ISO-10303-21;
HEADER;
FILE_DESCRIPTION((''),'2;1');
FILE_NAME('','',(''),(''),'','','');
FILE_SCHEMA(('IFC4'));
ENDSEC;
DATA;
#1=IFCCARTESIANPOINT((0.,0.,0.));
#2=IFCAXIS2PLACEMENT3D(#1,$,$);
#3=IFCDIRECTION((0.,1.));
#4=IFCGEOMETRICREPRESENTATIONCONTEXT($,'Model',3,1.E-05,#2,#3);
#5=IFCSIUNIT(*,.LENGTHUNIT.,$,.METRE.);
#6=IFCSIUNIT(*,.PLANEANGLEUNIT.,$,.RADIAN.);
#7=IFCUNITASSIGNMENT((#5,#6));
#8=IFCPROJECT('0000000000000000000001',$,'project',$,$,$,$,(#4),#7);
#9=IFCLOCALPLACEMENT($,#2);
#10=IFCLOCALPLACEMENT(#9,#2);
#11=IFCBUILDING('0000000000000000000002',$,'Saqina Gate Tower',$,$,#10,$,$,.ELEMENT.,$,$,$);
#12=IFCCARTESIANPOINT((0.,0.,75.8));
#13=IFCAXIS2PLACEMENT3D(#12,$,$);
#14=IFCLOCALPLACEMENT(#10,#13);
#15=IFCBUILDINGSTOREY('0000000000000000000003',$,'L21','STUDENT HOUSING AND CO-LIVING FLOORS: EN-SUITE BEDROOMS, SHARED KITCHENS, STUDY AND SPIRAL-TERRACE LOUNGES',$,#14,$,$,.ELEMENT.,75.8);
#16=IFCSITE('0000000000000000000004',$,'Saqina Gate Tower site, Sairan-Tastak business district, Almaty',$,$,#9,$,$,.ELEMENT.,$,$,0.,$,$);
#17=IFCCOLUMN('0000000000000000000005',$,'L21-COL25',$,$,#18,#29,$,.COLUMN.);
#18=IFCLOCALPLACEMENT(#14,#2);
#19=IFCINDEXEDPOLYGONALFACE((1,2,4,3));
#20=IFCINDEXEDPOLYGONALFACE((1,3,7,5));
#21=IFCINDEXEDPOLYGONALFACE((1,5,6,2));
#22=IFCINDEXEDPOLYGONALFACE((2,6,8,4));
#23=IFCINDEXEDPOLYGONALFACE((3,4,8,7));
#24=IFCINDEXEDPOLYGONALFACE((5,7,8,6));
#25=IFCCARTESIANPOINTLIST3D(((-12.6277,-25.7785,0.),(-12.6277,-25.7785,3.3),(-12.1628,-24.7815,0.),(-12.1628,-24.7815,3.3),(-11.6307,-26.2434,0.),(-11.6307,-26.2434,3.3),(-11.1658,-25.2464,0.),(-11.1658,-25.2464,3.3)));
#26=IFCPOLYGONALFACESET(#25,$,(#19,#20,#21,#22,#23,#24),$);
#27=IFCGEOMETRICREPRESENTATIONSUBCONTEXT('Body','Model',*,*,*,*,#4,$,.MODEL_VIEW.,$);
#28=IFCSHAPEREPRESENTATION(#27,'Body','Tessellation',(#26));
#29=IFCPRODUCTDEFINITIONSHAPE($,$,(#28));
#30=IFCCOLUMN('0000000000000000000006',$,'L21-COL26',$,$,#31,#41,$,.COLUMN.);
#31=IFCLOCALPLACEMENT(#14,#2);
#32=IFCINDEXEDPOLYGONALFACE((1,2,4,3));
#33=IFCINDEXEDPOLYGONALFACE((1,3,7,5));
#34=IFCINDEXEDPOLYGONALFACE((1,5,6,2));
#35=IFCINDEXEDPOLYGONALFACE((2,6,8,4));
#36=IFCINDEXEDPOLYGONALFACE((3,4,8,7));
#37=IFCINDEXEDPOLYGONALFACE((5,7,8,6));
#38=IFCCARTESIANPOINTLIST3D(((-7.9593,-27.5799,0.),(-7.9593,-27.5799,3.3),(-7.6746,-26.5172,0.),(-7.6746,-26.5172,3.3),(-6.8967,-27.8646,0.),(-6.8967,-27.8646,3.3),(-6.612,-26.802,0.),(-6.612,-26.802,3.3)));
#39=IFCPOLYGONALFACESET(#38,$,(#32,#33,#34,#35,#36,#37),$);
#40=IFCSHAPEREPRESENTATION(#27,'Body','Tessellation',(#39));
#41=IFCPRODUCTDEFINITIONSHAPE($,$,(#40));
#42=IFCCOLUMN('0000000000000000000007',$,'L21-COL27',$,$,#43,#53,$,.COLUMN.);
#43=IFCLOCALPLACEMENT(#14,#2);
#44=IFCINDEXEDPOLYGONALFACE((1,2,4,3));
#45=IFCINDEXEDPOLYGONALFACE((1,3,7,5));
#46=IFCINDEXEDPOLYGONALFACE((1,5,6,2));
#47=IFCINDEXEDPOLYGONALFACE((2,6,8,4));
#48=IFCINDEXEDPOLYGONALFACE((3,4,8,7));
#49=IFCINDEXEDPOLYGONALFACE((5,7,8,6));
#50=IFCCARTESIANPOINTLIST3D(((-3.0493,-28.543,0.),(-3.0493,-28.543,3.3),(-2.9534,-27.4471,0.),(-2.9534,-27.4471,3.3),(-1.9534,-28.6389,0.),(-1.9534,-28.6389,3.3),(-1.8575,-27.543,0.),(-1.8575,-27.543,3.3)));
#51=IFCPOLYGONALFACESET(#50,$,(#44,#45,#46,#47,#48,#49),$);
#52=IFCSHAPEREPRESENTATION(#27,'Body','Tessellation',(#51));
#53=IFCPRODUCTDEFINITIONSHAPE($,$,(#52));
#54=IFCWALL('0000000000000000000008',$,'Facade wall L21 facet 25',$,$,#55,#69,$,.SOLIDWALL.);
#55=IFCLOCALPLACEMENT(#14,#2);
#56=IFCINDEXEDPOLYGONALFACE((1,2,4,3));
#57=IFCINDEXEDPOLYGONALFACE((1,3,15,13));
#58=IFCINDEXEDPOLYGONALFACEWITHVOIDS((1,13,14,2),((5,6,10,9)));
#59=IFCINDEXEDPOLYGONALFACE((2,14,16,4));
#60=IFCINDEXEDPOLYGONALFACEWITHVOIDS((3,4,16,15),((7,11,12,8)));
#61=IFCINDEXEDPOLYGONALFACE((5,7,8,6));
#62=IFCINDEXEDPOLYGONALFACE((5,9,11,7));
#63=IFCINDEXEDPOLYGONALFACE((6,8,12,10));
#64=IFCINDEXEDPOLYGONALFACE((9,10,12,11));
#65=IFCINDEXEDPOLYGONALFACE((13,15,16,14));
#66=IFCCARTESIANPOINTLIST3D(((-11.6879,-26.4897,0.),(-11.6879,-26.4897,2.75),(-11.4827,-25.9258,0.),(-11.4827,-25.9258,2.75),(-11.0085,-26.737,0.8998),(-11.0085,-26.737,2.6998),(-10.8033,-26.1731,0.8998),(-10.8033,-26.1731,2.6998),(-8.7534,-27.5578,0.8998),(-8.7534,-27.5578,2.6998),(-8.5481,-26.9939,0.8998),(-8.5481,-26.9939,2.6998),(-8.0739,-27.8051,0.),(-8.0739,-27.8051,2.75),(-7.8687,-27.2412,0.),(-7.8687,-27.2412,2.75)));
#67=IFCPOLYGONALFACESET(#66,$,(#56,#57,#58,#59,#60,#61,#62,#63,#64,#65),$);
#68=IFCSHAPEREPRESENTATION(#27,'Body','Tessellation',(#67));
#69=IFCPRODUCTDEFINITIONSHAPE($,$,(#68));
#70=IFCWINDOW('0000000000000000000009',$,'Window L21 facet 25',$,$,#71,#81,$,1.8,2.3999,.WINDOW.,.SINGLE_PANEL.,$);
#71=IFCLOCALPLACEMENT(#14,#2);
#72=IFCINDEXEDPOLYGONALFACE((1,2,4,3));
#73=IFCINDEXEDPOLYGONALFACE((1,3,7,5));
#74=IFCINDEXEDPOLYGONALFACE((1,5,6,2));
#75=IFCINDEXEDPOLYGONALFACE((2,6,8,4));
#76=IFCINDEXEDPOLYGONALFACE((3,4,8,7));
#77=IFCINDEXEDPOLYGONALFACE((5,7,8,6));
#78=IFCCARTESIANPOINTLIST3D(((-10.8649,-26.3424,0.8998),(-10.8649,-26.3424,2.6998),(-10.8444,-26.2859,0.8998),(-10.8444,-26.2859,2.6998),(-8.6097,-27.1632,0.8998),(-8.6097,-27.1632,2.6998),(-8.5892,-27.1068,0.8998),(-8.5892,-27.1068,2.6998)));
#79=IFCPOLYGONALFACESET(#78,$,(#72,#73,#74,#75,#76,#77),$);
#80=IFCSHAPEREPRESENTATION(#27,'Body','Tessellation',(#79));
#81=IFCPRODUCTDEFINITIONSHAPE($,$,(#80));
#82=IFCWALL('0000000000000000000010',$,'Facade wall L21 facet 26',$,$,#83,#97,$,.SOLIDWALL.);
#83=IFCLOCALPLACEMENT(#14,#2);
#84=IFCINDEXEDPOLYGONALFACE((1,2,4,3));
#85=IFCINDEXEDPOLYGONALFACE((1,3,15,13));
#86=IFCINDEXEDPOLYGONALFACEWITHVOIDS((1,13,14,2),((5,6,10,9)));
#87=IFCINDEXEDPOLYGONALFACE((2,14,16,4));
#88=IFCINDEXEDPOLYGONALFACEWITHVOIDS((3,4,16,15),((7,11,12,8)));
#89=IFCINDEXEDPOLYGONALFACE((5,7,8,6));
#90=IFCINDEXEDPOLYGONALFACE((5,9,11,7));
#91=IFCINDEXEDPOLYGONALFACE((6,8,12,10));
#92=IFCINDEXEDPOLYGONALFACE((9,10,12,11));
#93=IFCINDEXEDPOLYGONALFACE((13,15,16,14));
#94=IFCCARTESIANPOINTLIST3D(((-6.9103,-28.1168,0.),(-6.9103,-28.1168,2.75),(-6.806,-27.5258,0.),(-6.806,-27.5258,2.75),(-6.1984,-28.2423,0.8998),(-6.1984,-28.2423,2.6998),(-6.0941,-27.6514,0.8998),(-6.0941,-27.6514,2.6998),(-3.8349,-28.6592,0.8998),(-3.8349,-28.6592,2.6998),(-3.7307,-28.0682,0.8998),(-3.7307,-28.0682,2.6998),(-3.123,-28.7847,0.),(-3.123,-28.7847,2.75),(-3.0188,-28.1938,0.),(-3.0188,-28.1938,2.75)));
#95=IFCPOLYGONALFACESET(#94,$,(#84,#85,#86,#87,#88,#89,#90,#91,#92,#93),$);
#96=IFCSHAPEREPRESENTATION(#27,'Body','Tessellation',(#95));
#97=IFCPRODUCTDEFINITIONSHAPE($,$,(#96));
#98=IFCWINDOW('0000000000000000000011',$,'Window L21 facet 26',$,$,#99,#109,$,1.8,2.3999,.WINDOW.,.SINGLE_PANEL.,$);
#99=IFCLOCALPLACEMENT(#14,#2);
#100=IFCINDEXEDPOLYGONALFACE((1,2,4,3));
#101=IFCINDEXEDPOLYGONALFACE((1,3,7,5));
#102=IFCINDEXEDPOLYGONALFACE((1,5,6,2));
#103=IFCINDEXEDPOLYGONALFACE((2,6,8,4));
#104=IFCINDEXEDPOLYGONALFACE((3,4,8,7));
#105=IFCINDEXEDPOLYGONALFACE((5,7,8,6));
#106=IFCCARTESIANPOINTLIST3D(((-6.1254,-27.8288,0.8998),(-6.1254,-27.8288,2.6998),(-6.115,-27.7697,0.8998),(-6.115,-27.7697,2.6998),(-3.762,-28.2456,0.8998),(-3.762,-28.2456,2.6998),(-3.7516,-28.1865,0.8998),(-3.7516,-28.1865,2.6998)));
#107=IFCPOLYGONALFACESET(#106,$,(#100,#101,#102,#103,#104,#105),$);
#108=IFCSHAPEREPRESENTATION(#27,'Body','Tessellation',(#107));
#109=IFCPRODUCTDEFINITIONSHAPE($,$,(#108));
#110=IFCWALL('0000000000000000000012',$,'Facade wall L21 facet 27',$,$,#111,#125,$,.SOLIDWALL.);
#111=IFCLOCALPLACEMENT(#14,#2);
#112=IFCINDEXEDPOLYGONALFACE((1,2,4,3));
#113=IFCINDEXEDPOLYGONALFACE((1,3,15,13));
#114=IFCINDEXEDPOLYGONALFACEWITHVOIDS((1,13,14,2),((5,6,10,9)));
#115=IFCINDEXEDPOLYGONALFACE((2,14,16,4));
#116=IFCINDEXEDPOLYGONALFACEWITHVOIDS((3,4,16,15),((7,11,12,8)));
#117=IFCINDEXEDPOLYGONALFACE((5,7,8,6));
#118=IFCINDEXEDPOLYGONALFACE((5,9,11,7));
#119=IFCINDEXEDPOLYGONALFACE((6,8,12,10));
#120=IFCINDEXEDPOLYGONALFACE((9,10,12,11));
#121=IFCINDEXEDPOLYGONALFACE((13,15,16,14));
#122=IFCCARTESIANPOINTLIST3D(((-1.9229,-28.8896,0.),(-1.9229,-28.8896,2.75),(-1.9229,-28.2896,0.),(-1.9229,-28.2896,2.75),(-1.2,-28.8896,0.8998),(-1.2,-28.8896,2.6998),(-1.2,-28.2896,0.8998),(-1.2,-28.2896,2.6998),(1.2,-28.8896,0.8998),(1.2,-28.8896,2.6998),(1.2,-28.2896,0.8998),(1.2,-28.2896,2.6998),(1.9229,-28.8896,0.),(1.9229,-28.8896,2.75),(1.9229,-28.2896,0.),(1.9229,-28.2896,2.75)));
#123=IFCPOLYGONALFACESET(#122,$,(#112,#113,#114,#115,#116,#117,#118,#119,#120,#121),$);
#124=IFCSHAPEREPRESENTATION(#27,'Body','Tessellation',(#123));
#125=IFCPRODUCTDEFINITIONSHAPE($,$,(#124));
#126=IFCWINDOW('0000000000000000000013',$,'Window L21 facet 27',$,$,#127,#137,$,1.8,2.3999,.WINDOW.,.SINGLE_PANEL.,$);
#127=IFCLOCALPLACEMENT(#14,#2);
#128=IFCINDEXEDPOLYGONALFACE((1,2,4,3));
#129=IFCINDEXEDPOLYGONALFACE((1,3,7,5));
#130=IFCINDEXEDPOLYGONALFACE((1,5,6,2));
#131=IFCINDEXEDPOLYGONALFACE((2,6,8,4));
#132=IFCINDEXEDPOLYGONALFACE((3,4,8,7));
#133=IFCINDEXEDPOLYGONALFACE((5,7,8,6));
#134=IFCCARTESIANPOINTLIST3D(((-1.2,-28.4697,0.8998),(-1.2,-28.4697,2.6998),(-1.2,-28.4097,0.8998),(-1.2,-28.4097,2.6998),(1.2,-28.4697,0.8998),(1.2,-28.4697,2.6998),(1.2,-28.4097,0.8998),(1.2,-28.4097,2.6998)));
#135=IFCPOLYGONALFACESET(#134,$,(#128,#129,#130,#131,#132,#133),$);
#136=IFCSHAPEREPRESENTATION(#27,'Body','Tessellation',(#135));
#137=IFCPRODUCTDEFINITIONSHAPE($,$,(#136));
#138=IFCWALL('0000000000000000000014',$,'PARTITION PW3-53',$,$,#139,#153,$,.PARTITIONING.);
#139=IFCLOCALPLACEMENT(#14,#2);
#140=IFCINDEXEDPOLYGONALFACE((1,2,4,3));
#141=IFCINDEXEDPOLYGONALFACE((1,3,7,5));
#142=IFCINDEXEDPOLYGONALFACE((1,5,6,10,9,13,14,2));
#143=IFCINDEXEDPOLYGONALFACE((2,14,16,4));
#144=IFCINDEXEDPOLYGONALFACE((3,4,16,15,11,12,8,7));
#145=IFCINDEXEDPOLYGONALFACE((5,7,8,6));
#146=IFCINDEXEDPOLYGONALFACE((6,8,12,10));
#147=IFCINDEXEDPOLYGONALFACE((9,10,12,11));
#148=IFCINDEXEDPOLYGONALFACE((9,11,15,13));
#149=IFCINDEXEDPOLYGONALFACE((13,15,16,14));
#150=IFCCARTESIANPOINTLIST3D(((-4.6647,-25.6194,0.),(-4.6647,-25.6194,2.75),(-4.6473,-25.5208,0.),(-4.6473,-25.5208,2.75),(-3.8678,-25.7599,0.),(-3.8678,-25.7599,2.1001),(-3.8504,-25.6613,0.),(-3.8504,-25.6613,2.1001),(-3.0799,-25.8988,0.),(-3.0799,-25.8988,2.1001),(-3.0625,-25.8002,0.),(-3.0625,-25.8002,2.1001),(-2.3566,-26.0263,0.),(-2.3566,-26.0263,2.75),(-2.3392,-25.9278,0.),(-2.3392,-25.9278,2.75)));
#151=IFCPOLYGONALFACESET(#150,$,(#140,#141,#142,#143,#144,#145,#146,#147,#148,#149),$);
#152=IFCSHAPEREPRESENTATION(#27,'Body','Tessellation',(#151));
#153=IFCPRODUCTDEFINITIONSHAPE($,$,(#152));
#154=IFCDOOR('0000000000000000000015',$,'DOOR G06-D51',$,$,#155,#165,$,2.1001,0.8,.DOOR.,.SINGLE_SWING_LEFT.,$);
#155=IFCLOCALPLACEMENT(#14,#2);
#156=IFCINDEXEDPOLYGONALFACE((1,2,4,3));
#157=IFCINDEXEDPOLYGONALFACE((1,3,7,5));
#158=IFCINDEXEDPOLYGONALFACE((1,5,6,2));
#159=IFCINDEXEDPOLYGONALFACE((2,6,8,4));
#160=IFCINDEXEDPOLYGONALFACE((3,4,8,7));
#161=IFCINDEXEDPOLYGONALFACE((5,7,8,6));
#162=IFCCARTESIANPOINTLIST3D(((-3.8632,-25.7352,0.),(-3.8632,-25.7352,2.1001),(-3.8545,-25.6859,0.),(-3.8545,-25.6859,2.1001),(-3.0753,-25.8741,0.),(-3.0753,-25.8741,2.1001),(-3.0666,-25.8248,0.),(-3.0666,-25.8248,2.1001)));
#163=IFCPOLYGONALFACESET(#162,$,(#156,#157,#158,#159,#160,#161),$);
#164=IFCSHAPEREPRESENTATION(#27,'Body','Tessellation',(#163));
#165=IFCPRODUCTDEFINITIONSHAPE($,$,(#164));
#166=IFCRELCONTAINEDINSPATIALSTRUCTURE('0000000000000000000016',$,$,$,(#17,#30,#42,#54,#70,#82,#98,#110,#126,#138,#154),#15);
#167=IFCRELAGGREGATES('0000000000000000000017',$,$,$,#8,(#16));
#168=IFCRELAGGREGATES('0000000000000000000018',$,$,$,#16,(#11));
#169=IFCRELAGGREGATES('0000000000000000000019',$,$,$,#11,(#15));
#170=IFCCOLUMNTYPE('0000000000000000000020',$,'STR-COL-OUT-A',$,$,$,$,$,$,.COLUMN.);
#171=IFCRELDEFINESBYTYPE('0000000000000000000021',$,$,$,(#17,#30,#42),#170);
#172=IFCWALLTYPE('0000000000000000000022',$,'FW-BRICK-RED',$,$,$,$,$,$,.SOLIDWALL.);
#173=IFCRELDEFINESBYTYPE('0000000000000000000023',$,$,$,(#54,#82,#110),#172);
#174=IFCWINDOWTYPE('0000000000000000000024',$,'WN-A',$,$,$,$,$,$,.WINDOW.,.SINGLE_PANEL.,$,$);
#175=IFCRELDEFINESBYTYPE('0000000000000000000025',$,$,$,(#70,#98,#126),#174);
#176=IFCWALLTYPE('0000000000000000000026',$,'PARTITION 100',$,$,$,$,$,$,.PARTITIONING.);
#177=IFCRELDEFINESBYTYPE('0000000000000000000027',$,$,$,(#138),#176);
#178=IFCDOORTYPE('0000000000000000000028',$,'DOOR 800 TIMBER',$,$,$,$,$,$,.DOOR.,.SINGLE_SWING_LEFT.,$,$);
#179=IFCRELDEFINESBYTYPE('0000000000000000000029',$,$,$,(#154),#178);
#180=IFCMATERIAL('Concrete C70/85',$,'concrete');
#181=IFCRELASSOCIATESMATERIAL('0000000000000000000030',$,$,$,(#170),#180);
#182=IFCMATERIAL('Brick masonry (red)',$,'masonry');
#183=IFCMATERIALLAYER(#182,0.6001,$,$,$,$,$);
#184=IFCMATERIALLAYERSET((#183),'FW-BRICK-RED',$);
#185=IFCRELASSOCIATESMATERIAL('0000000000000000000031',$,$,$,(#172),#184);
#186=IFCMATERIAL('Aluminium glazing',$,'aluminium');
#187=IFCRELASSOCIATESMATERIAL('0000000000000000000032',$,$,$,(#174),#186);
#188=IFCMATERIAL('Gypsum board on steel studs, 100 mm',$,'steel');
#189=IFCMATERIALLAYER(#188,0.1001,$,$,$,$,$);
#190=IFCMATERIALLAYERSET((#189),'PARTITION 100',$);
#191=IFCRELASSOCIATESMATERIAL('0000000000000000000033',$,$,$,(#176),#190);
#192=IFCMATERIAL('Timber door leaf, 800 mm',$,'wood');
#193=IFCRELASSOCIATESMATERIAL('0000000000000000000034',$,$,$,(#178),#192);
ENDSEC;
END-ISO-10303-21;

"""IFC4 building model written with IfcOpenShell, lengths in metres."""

from ifc_helpers import new_model, si_unit, direction, frame, frame_2d, origin, origin_2d, place, context, subcontext, project, spatial, rectangle, extrude, material, layer, layer_set, material_profile, profile_set, type_object, element, fill, save


model = new_model("IFC4")

# Units and contexts
model_context = context("Model", 3, precision=1e-05, world=origin(), true_north=direction((0.0, 1.0)))
body_context = subcontext(model_context, "Body", "Model", "MODEL_VIEW")
ifc_project = project(units=[si_unit("LENGTHUNIT", "METRE"), si_unit("PLANEANGLEUNIT", "RADIAN")], contexts=[model_context])

# Site, building, storey
site_placement = place(None, origin())
site = spatial("IfcSite", under=ifc_project, at=site_placement, Name="Saqina Gate Tower site, Sairan-Tastak business district, Almaty", CompositionType="ELEMENT", RefElevation=0.0)
building_placement = place(site_placement, origin())
building = spatial("IfcBuilding", under=site, at=building_placement, Name="Saqina Gate Tower", CompositionType="ELEMENT")
storey_placement = place(building_placement, frame((0.0, 0.0, 75.8)))
storey = spatial("IfcBuildingStorey", under=building, at=storey_placement, Name="L21", Description="STUDENT HOUSING AND CO-LIVING FLOORS: EN-SUITE BEDROOMS, SHARED KITCHENS, STUDY AND SPIRAL-TERRACE LOUNGES", CompositionType="ELEMENT", Elevation=75.8)

# Columns
ifc_material_1 = material(Name="Concrete C70/85", Category="concrete")
ifc_material_profile = material_profile(ifc_material_1, rectangle(XDim=1.1001, YDim=1.1001, at=origin_2d()), Name="RC 1100x1100")
ifc_profile_set = profile_set([ifc_material_profile], Name="Concrete C70/85")
column_type = type_object("IfcColumnType", Name="STR-COL-OUT-A", PredefinedType="COLUMN", material=ifc_profile_set)
for number, where, z_axis, x_axis, name in (
    (1, (-11.8967, -25.5125, 0.0), (0.0, 0.0, 1.0), (-0.422618, -0.906308, 0.0), "L21-COL25"),
    (2, (-7.2856, -27.1909, 0.0), (0.0, 0.0, 1.0), (-0.258819, -0.965926, 0.0), "L21-COL26"),
    (3, (-2.4534, -28.043, 0.0), (0.0, 0.0, 1.0), (-0.087156, -0.996195, 0.0), "L21-COL27"),
):
    element("IfcColumn", number, at=place(storey_placement, frame(where, z_axis=z_axis, x_axis=x_axis)), inside=storey, type_object=column_type, Name=name, PredefinedType="COLUMN", context=body_context, shape_type="SweptSolid", body=[
        extrude(rectangle(XDim=1.1001, YDim=1.1001, at=origin_2d()), origin(), (0.0, 0.0, 1.0), 3.3),
    ])

# Walls, openings, windows
ifc_material_2 = material(Name="Brick masonry (red)", Category="masonry")
ifc_layer_1 = layer(ifc_material_2, 0.6001)
ifc_layer_set_1 = layer_set([ifc_layer_1], Name="FW-BRICK-RED")
wall_type_1 = type_object("IfcWallType", Name="FW-BRICK-RED", PredefinedType="SOLIDWALL", material=ifc_layer_set_1)
wall_1_placement = place(storey_placement, frame((-11.5852, -26.2078, 0.0), z_axis=(0.0, 0.0, 1.0), x_axis=(0.93969, -0.342028, 0.0)))
wall_1 = element("IfcWall", 4, at=wall_1_placement, inside=storey, type_object=wall_type_1, Name="Facade wall L21 facet 25", PredefinedType="SOLIDWALL", context=body_context, shape_type="SweptSolid", body=[
    extrude(rectangle(XDim=3.8459, YDim=0.6001, at=frame_2d((1.9229, 0.0))), origin(), (0.0, 0.0, 1.0), 2.75),
])
opening_1_placement = place(wall_1_placement, frame((0.7229, 0.0, 0.8999)))
opening_1 = element("IfcOpeningElement", 5, at=opening_1_placement, cuts=wall_1, PredefinedType="OPENING", context=body_context, shape_type="SweptSolid", body=[
    extrude(rectangle(XDim=2.3999, YDim=1.8, at=frame_2d((1.2, 0.8999))), frame((0.0, 0.312, 0.0), z_axis=(0.0, -1.0, 0.0), x_axis=(1.0, 0.0, 0.0)), (0.0, 0.0, 1.0), 0.624),
])
ifc_material_3 = material(Name="Aluminium glazing", Category="aluminium")
window_type = type_object("IfcWindowType", Name="WN-A", PartitioningType="SINGLE_PANEL", PredefinedType="WINDOW", material=ifc_material_3)
window_1_placement = place(opening_1_placement, origin())
window_1 = element("IfcWindow", 6, at=window_1_placement, inside=storey, type_object=window_type, Name="Window L21 facet 25", OverallHeight=1.8, OverallWidth=2.3999, PartitioningType="SINGLE_PANEL", PredefinedType="WINDOW", context=body_context, shape_type="SweptSolid", body=[
    extrude(rectangle(XDim=2.3999, YDim=1.8, at=frame_2d((1.2, 0.8999))), frame((0.0, 0.1799, 0.0), z_axis=(0.0, -1.0, 0.0), x_axis=(1.0, 0.0, 0.0)), (0.0, 0.0, 1.0), 0.0601),
])
fill(opening_1, window_1)
wall_2_placement = place(storey_placement, frame((-6.8582, -27.8213, 0.0), z_axis=(0.0, 0.0, 1.0), x_axis=(0.984801, -0.173688, 0.0)))
wall_2 = element("IfcWall", 7, at=wall_2_placement, inside=storey, type_object=wall_type_1, Name="Facade wall L21 facet 26", PredefinedType="SOLIDWALL", context=body_context, shape_type="SweptSolid", body=[
    extrude(rectangle(XDim=3.8457, YDim=0.6001, at=frame_2d((1.9229, 0.0))), origin(), (0.0, 0.0, 1.0), 2.75),
])
opening_2_placement = place(wall_2_placement, frame((0.7229, 0.0, 0.8999)))
opening_2 = element("IfcOpeningElement", 8, at=opening_2_placement, cuts=wall_2, PredefinedType="OPENING", context=body_context, shape_type="SweptSolid", body=[
    extrude(rectangle(XDim=2.3999, YDim=1.8, at=frame_2d((1.2, 0.8999))), frame((0.0, 0.312, 0.0), z_axis=(0.0, -1.0, 0.0), x_axis=(1.0, 0.0, 0.0)), (0.0, 0.0, 1.0), 0.624),
])
window_2_placement = place(opening_2_placement, origin())
window_2 = element("IfcWindow", 9, at=window_2_placement, inside=storey, type_object=window_type, Name="Window L21 facet 26", OverallHeight=1.8, OverallWidth=2.3999, PartitioningType="SINGLE_PANEL", PredefinedType="WINDOW", context=body_context, shape_type="SweptSolid", body=[
    extrude(rectangle(XDim=2.3999, YDim=1.8, at=frame_2d((1.2, 0.8999))), frame((0.0, 0.1799, 0.0), z_axis=(0.0, -1.0, 0.0), x_axis=(1.0, 0.0, 0.0)), (0.0, 0.0, 1.0), 0.0601),
])
fill(opening_2, window_2)
wall_3_placement = place(storey_placement, frame((-1.9229, -28.5896, 0.0), z_axis=(0.0, 0.0, 1.0), x_axis=(1.0, 0.0, 0.0)))
wall_3 = element("IfcWall", 10, at=wall_3_placement, inside=storey, type_object=wall_type_1, Name="Facade wall L21 facet 27", PredefinedType="SOLIDWALL", context=body_context, shape_type="SweptSolid", body=[
    extrude(rectangle(XDim=3.8457, YDim=0.6001, at=frame_2d((1.9229, 0.0))), origin(), (0.0, 0.0, 1.0), 2.75),
])
opening_3_placement = place(wall_3_placement, frame((0.7229, 0.0, 0.8999)))
opening_3 = element("IfcOpeningElement", 11, at=opening_3_placement, cuts=wall_3, PredefinedType="OPENING", context=body_context, shape_type="SweptSolid", body=[
    extrude(rectangle(XDim=2.3999, YDim=1.8, at=frame_2d((1.2, 0.8999))), frame((0.0, 0.312, 0.0), z_axis=(0.0, -1.0, 0.0), x_axis=(1.0, 0.0, 0.0)), (0.0, 0.0, 1.0), 0.624),
])
window_3_placement = place(opening_3_placement, origin())
window_3 = element("IfcWindow", 12, at=window_3_placement, inside=storey, type_object=window_type, Name="Window L21 facet 27", OverallHeight=1.8, OverallWidth=2.3999, PartitioningType="SINGLE_PANEL", PredefinedType="WINDOW", context=body_context, shape_type="SweptSolid", body=[
    extrude(rectangle(XDim=2.3999, YDim=1.8, at=frame_2d((1.2, 0.8999))), frame((0.0, 0.1799, 0.0), z_axis=(0.0, -1.0, 0.0), x_axis=(1.0, 0.0, 0.0)), (0.0, 0.0, 1.0), 0.0601),
])
fill(opening_3, window_3)

# Wall, opening, door
ifc_material_4 = material(Name="Gypsum board on steel studs, 100 mm", Category="steel")
ifc_layer_2 = layer(ifc_material_4, 0.1001)
ifc_layer_set_2 = layer_set([ifc_layer_2], Name="PARTITION 100")
wall_type_2 = type_object("IfcWallType", Name="PARTITION 100", PredefinedType="PARTITIONING", material=ifc_layer_set_2)
wall_4_placement = place(storey_placement, frame((-4.656, -25.5701, 0.0), z_axis=(0.0, 0.0, 1.0), x_axis=(0.984808, -0.173649, 0.0)))
wall_4 = element("IfcWall", 13, at=wall_4_placement, inside=storey, type_object=wall_type_2, Name="PARTITION PW3-53", PredefinedType="PARTITIONING", context=body_context, shape_type="SweptSolid", body=[
    extrude(rectangle(XDim=2.3438, YDim=0.1001, at=frame_2d((1.1719, 0.0))), origin(), (0.0, 0.0, 1.0), 2.75),
])
opening_4_placement = place(wall_4_placement, frame((0.8093, 0.0, 0.0)))
opening_4 = element("IfcOpeningElement", 14, at=opening_4_placement, cuts=wall_4, PredefinedType="OPENING", context=body_context, shape_type="SweptSolid", body=[
    extrude(rectangle(XDim=0.8, YDim=2.1001, at=frame_2d((0.3999, 1.05))), frame((0.0, 0.062, 0.0), z_axis=(0.0, -1.0, 0.0), x_axis=(1.0, 0.0, 0.0)), (0.0, 0.0, 1.0), 0.124),
])
ifc_material_5 = material(Name="Timber door leaf, 800 mm", Category="wood")
door_type = type_object("IfcDoorType", Name="DOOR 800 TIMBER", OperationType="SINGLE_SWING_LEFT", PredefinedType="DOOR", material=ifc_material_5)
door_1_placement = place(opening_4_placement, frame((0.8, 0.0, 0.0), z_axis=(0.0, 0.0, 1.0), x_axis=(-1.0, 0.0, 0.0)))
door_1 = element("IfcDoor", 15, at=door_1_placement, inside=storey, type_object=door_type, Name="DOOR G06-D51", OperationType="SINGLE_SWING_LEFT", OverallHeight=2.1001, OverallWidth=0.8, PredefinedType="DOOR", context=body_context, shape_type="SweptSolid", body=[
    extrude(rectangle(XDim=0.8, YDim=2.1001, at=frame_2d((0.3999, 1.05))), frame((0.0, 0.0249, 0.0), z_axis=(0.0, -1.0, 0.0), x_axis=(1.0, 0.0, 0.0)), (0.0, 0.0, 1.0), 0.05),
])
fill(opening_4, door_1)

save(model, "model.ifc")
